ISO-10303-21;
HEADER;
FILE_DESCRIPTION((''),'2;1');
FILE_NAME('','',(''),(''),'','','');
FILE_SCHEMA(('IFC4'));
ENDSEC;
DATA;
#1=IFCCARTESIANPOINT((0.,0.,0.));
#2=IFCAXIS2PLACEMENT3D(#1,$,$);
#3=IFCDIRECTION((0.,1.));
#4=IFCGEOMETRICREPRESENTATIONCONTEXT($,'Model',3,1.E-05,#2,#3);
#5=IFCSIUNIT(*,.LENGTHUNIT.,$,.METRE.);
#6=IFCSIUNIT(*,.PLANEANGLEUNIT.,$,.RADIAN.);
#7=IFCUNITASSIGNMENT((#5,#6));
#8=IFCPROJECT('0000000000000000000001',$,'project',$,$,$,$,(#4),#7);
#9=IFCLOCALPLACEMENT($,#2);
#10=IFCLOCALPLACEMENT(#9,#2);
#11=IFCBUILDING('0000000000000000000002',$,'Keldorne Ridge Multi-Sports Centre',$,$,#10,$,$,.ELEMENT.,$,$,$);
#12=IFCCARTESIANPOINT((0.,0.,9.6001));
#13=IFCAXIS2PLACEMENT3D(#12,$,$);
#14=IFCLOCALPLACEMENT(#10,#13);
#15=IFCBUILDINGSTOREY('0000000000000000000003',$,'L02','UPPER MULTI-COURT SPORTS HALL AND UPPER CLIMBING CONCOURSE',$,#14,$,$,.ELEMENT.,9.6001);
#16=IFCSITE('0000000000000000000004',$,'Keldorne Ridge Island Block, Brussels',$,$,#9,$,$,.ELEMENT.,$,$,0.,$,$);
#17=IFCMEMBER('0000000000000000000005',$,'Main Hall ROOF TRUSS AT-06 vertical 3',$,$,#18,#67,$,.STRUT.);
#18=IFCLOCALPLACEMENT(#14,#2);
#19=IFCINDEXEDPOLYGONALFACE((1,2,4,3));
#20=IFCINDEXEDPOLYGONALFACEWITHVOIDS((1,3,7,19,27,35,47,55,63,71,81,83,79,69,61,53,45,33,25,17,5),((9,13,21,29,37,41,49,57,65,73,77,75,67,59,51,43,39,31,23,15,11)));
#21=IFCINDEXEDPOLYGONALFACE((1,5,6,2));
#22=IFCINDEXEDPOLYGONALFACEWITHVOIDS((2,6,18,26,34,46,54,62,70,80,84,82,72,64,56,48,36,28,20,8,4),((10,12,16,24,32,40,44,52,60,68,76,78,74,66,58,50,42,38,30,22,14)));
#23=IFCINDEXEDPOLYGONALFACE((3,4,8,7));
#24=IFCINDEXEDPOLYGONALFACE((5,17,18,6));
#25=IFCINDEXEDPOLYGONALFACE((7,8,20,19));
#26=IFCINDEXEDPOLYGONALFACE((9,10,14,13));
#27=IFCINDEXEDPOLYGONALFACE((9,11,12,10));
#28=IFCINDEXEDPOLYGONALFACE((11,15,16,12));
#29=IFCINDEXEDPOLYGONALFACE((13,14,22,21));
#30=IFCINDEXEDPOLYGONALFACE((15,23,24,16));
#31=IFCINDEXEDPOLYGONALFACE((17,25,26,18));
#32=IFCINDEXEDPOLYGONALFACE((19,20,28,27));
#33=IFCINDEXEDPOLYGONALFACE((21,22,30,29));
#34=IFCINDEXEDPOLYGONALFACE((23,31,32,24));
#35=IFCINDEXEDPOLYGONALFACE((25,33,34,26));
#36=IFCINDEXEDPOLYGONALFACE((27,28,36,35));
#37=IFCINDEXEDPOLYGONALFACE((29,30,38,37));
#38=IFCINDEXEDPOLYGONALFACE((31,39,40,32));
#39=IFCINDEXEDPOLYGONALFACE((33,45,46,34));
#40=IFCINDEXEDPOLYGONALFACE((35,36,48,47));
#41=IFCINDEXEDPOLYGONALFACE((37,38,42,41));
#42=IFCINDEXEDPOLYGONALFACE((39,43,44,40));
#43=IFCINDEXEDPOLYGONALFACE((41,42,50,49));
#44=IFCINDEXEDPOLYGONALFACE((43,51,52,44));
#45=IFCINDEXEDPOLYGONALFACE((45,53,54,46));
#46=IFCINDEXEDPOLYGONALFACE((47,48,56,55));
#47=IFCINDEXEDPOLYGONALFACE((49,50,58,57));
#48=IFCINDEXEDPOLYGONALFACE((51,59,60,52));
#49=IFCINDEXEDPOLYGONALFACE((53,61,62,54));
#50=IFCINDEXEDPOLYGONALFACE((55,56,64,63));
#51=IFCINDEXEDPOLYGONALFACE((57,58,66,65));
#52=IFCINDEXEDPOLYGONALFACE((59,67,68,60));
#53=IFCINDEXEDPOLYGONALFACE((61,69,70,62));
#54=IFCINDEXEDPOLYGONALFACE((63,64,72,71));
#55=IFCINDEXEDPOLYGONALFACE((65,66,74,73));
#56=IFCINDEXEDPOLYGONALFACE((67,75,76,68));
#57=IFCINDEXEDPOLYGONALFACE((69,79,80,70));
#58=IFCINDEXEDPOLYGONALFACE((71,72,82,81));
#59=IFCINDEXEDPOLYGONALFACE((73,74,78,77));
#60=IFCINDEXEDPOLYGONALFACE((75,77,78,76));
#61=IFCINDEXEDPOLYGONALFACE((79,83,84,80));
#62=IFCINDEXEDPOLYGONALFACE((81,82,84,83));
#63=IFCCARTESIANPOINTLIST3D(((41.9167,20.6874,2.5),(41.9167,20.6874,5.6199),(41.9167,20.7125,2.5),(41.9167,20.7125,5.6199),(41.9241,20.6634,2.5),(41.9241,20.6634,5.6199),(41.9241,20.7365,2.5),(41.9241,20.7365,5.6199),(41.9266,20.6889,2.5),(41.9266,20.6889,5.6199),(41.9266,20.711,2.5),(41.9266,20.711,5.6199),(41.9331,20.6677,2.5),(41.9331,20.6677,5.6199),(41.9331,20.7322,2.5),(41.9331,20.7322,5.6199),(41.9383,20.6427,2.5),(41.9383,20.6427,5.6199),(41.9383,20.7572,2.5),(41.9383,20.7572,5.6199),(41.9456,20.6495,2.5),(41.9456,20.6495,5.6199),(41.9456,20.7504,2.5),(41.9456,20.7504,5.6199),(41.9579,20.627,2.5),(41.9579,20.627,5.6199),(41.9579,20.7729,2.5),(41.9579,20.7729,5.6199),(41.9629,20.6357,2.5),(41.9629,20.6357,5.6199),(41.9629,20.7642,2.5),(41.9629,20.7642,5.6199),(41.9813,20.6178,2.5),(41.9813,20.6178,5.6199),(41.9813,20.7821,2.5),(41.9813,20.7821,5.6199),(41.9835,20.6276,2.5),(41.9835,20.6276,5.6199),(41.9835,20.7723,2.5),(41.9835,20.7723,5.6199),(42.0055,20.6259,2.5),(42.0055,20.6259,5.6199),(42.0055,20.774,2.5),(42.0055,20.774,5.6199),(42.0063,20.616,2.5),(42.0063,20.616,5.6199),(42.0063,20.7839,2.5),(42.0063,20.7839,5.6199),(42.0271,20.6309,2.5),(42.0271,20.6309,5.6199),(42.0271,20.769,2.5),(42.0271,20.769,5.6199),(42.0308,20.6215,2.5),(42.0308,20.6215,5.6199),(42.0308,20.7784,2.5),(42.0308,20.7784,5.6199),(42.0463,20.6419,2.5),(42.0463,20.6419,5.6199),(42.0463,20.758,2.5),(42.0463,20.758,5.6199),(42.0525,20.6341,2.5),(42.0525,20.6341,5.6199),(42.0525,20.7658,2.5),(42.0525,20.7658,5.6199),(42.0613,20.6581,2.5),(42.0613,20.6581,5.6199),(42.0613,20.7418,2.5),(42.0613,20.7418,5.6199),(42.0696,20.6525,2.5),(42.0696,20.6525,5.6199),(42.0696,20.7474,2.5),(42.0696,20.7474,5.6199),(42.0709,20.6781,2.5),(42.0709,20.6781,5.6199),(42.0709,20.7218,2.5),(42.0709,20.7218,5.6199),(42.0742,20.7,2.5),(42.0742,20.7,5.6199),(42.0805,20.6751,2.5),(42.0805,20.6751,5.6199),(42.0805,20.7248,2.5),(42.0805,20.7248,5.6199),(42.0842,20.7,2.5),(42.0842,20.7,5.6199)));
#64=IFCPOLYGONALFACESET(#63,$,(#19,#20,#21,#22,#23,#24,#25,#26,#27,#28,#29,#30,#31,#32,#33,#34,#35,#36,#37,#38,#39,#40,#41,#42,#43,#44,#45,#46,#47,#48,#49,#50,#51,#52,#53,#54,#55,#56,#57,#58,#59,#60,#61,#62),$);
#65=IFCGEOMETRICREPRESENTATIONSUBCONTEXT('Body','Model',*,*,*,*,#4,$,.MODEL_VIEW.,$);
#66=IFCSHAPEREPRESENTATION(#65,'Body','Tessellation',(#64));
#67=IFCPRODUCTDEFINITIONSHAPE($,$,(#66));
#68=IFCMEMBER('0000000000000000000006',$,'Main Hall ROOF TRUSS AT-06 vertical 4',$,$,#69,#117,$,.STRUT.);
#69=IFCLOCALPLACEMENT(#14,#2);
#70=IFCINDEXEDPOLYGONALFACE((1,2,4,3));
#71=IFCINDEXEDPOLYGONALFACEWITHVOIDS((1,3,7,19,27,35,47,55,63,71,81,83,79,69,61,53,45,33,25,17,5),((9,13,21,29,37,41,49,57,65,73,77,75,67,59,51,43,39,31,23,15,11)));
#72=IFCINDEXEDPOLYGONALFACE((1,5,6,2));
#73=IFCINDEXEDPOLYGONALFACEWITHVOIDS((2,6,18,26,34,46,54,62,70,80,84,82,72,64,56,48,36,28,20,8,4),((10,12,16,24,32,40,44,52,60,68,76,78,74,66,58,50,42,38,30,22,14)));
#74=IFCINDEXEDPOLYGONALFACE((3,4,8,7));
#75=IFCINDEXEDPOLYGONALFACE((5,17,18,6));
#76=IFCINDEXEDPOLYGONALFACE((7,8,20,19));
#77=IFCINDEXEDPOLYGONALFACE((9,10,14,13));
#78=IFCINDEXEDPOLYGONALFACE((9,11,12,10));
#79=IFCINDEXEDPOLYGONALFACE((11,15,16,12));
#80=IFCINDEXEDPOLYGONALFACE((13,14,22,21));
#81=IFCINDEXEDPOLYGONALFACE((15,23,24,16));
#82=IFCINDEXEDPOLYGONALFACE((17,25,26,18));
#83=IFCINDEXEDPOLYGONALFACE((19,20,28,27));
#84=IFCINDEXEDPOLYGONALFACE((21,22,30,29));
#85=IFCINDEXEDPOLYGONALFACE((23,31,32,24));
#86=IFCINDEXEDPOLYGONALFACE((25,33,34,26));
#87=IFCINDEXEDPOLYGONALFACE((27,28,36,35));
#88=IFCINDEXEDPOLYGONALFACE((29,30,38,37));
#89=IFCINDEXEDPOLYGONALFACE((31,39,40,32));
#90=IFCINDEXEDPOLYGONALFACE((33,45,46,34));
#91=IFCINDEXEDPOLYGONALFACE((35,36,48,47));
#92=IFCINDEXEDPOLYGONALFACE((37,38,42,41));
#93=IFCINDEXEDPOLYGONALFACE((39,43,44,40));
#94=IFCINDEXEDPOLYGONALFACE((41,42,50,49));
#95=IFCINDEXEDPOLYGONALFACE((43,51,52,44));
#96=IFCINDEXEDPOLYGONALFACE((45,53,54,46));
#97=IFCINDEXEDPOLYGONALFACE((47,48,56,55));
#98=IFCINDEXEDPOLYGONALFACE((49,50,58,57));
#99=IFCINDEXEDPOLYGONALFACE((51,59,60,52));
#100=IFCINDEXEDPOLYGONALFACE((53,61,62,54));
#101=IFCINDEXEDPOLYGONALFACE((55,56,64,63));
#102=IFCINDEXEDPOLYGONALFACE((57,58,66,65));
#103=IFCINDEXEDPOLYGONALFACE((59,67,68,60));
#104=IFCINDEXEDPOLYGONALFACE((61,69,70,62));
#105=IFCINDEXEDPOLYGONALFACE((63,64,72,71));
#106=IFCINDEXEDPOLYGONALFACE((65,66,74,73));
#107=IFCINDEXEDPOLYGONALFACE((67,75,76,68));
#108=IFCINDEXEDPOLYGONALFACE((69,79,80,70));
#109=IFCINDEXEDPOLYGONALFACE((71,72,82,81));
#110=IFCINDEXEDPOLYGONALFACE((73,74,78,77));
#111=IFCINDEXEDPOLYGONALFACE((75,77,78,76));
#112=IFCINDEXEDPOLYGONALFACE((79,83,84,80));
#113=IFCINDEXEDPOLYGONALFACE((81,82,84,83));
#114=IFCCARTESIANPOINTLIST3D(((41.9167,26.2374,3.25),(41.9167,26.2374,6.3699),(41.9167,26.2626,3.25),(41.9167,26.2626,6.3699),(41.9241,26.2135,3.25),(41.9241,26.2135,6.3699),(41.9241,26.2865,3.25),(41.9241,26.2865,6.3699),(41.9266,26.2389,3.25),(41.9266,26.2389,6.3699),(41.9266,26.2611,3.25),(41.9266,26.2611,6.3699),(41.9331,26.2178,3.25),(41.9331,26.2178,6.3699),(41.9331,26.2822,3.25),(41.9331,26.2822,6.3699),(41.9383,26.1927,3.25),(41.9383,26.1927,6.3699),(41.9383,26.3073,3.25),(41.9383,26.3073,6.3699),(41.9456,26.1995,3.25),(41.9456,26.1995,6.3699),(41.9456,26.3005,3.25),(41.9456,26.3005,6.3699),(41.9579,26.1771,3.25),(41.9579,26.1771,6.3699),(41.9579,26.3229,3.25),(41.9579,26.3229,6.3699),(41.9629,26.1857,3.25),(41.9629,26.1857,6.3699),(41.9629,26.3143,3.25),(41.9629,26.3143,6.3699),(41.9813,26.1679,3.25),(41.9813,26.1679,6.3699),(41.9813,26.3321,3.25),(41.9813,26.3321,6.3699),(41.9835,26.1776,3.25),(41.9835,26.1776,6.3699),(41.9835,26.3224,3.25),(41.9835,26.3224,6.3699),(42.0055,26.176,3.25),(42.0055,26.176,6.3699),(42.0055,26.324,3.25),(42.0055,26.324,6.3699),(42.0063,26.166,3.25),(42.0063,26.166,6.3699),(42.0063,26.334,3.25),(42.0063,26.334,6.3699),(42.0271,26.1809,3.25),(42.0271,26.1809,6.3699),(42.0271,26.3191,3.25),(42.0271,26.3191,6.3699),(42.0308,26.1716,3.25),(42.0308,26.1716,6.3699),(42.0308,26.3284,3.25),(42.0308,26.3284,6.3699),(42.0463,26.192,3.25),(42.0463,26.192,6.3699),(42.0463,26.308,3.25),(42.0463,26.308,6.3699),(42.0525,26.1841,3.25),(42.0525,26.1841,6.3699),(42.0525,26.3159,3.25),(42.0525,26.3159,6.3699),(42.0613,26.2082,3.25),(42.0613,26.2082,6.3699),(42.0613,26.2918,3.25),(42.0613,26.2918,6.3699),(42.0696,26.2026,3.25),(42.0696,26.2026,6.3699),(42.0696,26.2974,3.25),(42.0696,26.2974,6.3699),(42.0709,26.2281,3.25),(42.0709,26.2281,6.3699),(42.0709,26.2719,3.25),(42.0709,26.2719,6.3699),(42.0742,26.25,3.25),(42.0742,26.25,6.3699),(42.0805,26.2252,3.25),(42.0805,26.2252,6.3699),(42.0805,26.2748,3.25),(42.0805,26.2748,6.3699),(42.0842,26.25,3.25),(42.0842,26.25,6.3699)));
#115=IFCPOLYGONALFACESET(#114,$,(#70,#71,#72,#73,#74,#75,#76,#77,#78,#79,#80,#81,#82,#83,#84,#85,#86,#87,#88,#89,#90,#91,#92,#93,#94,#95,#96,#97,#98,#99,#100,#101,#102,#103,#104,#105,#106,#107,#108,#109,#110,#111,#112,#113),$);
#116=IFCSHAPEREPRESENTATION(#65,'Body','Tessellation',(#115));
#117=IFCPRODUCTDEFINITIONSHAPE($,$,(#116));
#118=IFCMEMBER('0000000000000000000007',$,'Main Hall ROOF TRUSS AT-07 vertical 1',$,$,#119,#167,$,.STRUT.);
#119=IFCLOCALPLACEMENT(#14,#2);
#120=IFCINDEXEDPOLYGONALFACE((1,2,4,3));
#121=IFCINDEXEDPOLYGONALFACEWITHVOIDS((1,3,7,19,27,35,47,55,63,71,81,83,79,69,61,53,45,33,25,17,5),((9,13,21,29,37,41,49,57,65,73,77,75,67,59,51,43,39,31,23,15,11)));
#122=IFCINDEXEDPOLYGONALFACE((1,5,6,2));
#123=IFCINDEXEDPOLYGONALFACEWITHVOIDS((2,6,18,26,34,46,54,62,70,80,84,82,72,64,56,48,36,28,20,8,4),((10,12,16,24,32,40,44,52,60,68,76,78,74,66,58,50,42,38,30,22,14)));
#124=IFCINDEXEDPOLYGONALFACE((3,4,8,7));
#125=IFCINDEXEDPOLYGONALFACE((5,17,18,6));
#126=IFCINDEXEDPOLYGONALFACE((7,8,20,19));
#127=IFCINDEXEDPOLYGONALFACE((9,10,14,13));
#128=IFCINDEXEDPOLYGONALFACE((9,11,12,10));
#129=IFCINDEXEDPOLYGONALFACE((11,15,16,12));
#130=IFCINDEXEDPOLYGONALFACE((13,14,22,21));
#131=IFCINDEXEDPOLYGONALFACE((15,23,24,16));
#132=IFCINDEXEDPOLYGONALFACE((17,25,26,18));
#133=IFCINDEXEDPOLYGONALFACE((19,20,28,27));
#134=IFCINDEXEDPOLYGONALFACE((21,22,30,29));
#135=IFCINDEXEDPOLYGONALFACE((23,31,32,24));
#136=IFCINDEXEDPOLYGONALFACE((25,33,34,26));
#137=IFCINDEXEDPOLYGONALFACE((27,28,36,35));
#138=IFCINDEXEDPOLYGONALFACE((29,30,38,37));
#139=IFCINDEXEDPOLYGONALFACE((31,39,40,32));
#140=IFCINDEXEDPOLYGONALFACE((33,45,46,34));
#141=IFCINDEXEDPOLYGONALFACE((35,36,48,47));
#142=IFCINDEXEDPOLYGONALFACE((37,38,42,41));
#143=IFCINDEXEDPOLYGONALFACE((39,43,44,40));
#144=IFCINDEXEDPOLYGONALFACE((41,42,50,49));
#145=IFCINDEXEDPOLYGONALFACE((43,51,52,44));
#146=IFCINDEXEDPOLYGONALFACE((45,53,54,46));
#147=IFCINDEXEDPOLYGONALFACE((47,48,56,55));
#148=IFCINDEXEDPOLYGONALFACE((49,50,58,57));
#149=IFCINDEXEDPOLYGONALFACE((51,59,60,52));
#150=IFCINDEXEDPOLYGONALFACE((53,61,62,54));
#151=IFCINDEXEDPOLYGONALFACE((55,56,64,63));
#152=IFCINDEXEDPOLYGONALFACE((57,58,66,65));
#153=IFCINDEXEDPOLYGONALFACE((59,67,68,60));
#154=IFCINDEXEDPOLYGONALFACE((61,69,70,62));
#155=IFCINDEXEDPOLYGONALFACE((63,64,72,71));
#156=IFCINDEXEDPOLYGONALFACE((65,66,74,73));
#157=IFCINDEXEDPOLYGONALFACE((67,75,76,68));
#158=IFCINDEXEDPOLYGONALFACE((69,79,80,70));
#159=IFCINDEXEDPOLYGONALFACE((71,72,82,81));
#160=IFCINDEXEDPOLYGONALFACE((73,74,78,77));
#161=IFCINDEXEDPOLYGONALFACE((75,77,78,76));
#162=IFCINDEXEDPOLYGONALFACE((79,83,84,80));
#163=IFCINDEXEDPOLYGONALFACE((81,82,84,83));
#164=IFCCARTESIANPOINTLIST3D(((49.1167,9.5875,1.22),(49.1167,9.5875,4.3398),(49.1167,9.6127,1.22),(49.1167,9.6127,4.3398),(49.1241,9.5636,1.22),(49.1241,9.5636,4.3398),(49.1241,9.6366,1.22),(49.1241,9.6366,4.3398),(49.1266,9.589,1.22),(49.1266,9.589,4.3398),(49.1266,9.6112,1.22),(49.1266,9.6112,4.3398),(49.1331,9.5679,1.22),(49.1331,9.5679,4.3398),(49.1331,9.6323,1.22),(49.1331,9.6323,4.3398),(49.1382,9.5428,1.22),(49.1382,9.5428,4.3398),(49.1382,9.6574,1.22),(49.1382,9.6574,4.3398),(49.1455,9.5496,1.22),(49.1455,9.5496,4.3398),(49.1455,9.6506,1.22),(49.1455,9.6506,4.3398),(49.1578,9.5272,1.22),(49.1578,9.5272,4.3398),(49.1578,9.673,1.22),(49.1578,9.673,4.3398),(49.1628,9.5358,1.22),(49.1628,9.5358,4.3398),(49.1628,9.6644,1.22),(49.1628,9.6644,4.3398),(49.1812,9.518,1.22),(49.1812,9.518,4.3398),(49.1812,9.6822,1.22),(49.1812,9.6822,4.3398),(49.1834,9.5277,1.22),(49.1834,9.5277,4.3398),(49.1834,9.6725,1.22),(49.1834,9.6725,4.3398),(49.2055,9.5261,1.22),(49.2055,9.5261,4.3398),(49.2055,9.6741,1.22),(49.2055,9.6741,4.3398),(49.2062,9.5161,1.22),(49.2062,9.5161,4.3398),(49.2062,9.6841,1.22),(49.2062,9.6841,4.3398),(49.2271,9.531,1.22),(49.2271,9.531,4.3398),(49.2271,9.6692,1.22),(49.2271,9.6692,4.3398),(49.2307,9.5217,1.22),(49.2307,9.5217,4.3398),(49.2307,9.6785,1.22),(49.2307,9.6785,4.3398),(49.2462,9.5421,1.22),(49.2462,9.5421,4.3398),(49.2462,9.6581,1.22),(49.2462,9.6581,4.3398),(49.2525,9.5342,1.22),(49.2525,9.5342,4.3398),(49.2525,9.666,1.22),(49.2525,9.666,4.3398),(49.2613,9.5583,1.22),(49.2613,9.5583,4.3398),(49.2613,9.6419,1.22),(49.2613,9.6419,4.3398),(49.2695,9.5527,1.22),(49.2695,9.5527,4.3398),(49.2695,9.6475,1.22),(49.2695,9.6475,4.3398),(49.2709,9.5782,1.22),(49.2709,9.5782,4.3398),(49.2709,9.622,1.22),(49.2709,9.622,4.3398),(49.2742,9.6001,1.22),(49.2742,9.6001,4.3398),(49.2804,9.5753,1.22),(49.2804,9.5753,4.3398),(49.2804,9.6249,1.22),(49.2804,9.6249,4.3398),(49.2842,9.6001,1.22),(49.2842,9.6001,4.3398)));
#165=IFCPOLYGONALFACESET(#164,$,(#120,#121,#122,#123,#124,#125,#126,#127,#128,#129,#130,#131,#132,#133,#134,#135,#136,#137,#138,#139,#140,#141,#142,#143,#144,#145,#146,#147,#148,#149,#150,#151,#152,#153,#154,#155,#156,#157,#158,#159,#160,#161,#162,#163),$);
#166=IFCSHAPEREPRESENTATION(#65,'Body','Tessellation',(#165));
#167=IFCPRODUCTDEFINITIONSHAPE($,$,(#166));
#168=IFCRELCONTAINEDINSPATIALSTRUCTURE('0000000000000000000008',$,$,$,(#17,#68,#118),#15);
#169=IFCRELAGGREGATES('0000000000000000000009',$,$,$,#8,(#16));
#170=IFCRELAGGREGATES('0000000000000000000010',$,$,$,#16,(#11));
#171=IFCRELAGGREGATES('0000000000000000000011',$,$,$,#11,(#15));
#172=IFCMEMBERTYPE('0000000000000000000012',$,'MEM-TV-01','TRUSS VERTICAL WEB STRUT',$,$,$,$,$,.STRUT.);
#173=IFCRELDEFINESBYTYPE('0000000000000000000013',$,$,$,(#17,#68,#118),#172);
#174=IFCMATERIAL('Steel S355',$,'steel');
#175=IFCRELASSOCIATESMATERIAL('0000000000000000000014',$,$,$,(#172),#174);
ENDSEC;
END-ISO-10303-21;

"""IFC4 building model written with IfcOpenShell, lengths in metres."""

from ifc_helpers import new_model, si_unit, direction, frame, origin, origin_2d, place, context, subcontext, project, spatial, hollow_circle, extrude, material, material_profile, profile_set, type_object, element, save


model = new_model("IFC4")

# Units and contexts
model_context = context("Model", 3, precision=1e-05, world=origin(), true_north=direction((0.0, 1.0)))
body_context = subcontext(model_context, "Body", "Model", "MODEL_VIEW")
ifc_project = project(units=[si_unit("LENGTHUNIT", "METRE"), si_unit("PLANEANGLEUNIT", "RADIAN")], contexts=[model_context])

# Site, building, storey
site_placement = place(None, origin())
site = spatial("IfcSite", under=ifc_project, at=site_placement, Name="Keldorne Ridge Island Block, Brussels", CompositionType="ELEMENT", RefElevation=0.0)
building_placement = place(site_placement, origin())
building = spatial("IfcBuilding", under=site, at=building_placement, Name="Keldorne Ridge Multi-Sports Centre", CompositionType="ELEMENT")
storey_placement = place(building_placement, frame((0.0, 0.0, 9.6001)))
storey = spatial("IfcBuildingStorey", under=building, at=storey_placement, Name="L02", Description="UPPER MULTI-COURT SPORTS HALL AND UPPER CLIMBING CONCOURSE", CompositionType="ELEMENT", Elevation=9.6001)

# Shared definitions
ifc_material = material(Name="Steel S355", Category="steel")

# Members
ifc_material_profile_1 = material_profile(ifc_material, hollow_circle(Radius=0.0842, WallThickness=0.01, at=origin_2d()), Name="CHS 168.3x10")
ifc_profile_set_1 = profile_set([ifc_material_profile_1], Name="Steel S355")
member_type_1 = type_object("IfcMemberType", Name="MEM-TV-01", Description="TRUSS VERTICAL WEB STRUT", PredefinedType="STRUT", material=ifc_profile_set_1)
for number, where, z_axis, x_axis, name in (
    (1, (42.0, 20.7, 2.5), (0.0, 0.0, 1.0), (1.0, 0.0, 0.0), "Main Hall ROOF TRUSS AT-06 vertical 3"),
    (2, (42.0, 26.25, 3.25), (0.0, 0.0, 1.0), (1.0, 0.0, 0.0), "Main Hall ROOF TRUSS AT-06 vertical 4"),
    (3, (49.2, 9.6001, 1.22), (0.0, 0.0, 1.0), (1.0, 0.0, 0.0), "Main Hall ROOF TRUSS AT-07 vertical 1"),
):
    element("IfcMember", number, at=place(storey_placement, frame(where, z_axis=z_axis, x_axis=x_axis)), inside=storey, type_object=member_type_1, Name=name, PredefinedType="STRUT", context=body_context, shape_type="SweptSolid", body=[
        extrude(hollow_circle(Radius=0.0842, WallThickness=0.01, at=origin_2d()), origin(), (0.0, 0.0, 1.0), 3.1199),
    ])

save(model, "model.ifc")
